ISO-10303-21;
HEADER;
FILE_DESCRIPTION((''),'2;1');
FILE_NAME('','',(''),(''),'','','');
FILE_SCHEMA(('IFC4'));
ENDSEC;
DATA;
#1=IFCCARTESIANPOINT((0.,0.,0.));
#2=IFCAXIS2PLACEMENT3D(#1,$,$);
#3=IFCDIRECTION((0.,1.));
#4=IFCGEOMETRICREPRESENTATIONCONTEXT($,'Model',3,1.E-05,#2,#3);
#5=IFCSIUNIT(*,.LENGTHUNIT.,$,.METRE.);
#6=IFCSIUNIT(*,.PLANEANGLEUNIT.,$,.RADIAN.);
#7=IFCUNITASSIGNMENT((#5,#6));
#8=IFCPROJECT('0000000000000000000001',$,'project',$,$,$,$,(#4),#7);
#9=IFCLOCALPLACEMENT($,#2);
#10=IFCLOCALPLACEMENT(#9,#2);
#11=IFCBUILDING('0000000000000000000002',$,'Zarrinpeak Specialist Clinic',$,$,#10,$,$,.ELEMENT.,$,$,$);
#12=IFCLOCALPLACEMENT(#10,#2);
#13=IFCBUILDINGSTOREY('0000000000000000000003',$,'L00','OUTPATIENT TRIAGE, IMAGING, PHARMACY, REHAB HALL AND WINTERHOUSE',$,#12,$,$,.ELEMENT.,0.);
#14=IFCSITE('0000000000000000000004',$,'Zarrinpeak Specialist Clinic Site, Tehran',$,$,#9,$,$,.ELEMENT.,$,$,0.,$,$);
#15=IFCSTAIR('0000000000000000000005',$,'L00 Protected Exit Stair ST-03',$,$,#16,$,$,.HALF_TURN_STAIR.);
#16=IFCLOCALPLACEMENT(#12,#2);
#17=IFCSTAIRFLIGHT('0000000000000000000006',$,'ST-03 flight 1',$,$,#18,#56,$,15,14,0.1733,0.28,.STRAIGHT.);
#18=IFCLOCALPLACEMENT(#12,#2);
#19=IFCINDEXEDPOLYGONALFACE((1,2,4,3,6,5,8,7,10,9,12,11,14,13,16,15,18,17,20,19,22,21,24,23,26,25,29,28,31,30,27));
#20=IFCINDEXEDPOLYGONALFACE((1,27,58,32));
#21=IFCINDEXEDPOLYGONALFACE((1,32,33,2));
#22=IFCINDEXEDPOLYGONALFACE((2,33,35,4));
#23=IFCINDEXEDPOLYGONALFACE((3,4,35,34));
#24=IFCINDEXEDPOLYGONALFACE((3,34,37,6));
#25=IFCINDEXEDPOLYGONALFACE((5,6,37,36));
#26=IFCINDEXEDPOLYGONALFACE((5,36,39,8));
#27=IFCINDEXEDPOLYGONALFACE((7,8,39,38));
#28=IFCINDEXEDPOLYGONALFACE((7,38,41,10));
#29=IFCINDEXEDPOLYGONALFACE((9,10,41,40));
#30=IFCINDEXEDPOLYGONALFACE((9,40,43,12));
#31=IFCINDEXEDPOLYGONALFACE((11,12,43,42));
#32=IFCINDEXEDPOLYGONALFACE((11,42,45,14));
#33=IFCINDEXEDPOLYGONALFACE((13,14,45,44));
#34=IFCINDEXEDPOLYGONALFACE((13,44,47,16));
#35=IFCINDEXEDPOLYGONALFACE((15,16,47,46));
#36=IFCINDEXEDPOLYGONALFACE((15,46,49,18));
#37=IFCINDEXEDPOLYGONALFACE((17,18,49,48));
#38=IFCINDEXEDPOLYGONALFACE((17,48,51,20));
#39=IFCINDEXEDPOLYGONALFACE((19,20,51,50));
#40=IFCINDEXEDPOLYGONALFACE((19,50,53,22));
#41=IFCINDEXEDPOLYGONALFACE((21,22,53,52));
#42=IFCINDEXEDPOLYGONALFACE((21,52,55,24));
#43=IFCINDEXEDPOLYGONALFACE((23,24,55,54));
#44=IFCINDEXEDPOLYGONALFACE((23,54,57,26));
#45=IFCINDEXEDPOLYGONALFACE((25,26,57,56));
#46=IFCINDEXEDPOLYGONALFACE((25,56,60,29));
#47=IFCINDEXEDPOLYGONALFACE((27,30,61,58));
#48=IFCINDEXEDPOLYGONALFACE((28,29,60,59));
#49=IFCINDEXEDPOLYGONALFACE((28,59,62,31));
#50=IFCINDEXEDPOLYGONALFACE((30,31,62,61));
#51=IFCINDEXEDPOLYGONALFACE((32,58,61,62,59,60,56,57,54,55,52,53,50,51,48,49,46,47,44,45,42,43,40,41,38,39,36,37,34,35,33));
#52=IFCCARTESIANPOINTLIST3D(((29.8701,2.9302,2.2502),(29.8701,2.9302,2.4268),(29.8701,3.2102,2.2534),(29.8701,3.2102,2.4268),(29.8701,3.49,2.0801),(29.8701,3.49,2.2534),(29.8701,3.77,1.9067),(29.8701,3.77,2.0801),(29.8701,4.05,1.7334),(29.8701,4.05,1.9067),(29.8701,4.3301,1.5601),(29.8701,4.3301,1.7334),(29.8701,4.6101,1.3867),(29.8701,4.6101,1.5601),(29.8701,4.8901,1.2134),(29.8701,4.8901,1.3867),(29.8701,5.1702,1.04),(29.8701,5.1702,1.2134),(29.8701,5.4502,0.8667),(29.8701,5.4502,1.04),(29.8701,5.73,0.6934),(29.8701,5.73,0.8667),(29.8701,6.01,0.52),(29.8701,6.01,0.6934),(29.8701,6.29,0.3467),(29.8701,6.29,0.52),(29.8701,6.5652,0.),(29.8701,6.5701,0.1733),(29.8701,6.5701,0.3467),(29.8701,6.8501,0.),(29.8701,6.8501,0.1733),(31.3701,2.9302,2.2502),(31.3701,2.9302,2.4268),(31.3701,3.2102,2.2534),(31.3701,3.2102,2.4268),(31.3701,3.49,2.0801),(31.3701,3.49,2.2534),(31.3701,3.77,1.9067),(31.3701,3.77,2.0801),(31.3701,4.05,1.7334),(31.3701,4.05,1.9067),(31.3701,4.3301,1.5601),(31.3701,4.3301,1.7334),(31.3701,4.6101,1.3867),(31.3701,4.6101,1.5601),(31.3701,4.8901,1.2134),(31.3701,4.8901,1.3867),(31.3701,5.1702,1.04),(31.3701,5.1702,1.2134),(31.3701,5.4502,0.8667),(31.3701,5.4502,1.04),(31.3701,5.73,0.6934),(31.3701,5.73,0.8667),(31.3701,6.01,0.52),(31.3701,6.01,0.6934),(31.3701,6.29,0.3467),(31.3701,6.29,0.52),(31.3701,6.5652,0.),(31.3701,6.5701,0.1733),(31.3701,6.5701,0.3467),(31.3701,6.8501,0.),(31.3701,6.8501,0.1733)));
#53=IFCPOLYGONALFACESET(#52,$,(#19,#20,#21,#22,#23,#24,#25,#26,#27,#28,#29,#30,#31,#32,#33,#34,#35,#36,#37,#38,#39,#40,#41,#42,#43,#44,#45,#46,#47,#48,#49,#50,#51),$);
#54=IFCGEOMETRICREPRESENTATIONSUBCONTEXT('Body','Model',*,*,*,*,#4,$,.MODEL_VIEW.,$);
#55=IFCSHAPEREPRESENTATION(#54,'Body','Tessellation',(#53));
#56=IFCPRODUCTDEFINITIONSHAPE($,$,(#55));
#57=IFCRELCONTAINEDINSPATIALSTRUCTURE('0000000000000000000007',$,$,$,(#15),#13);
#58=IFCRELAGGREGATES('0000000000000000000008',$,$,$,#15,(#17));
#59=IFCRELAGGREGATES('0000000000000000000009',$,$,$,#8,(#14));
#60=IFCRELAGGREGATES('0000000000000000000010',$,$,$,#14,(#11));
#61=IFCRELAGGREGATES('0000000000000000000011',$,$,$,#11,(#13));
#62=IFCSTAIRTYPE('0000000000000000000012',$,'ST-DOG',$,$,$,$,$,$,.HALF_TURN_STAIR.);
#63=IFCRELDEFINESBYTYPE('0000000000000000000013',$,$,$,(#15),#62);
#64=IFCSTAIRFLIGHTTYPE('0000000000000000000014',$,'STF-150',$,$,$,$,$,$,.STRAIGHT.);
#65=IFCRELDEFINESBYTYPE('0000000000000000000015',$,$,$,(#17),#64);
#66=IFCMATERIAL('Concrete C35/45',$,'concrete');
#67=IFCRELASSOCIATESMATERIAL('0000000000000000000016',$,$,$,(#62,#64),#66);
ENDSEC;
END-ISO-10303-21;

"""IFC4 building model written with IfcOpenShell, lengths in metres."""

from ifc_helpers import new_model, si_unit, direction, frame, origin, place, context, subcontext, project, spatial, polyline, outline, extrude, material, type_object, element, aggregate, save


model = new_model("IFC4")

# Units and contexts
model_context = context("Model", 3, precision=1e-05, world=origin(), true_north=direction((0.0, 1.0)))
body_context = subcontext(model_context, "Body", "Model", "MODEL_VIEW")
ifc_project = project(units=[si_unit("LENGTHUNIT", "METRE"), si_unit("PLANEANGLEUNIT", "RADIAN")], contexts=[model_context])

# Site, building, storey
site_placement = place(None, origin())
site = spatial("IfcSite", under=ifc_project, at=site_placement, Name="Zarrinpeak Specialist Clinic Site, Tehran", CompositionType="ELEMENT", RefElevation=0.0)
building_placement = place(site_placement, origin())
building = spatial("IfcBuilding", under=site, at=building_placement, Name="Zarrinpeak Specialist Clinic", CompositionType="ELEMENT")
storey_placement = place(building_placement, origin())
storey = spatial("IfcBuildingStorey", under=building, at=storey_placement, Name="L00", Description="OUTPATIENT TRIAGE, IMAGING, PHARMACY, REHAB HALL AND WINTERHOUSE", CompositionType="ELEMENT", Elevation=0.0)

# Stair, stair flight
ifc_material_1 = material(Name="Concrete C35/45", Category="concrete")
stair_type = type_object("IfcStairType", Name="ST-DOG", PredefinedType="HALF_TURN_STAIR", material=ifc_material_1)
stair_placement = place(storey_placement, origin())
stair = element("IfcStair", 1, at=stair_placement, inside=storey, type_object=stair_type, Name="L00 Protected Exit Stair ST-03", PredefinedType="HALF_TURN_STAIR")
stair_flight_type = type_object("IfcStairFlightType", Name="STF-150", PredefinedType="STRAIGHT", material=ifc_material_1)
stair_flight_placement = place(storey_placement, frame((30.6201, 6.8501, 0.0), z_axis=(0.0, 0.0, 1.0), x_axis=(0.0, -1.0, 0.0)))
stair_flight = element("IfcStairFlight", 2, at=stair_flight_placement, type_object=stair_flight_type, Name="ST-03 flight 1", NumberOfRisers=15, NumberOfTreads=14, PredefinedType="STRAIGHT", RiserHeight=0.1733, TreadLength=0.28, context=body_context, shape_type="SweptSolid", body=[
    extrude(outline(polyline([(0.0, 0.0), (0.0, 0.1733), (0.28, 0.1733), (0.28, 0.3467), (0.5601, 0.3467), (0.5601, 0.52), (0.8401, 0.52), (0.8401, 0.6934), (1.1201, 0.6934), (1.1201, 0.8667), (1.3999, 0.8667), (1.3999, 1.04), (1.6799, 1.04), (1.6799, 1.2134), (1.96, 1.2134), (1.96, 1.3867), (2.24, 1.3867), (2.24, 1.5601), (2.52, 1.5601), (2.52, 1.7334), (2.8, 1.7334), (2.8, 1.9067), (3.0801, 1.9067), (3.0801, 2.0801), (3.3601, 2.0801), (3.3601, 2.2534), (3.6399, 2.2534), (3.6399, 2.4268), (3.9199, 2.4268), (3.9199, 2.6001), (3.9199, 2.2502), (0.2849, 0.0), (0.0, 0.0)])), frame((0.0, 0.75, 0.0), z_axis=(0.0, -1.0, 0.0), x_axis=(1.0, 0.0, 0.0)), (0.0, 0.0, 1.0), 1.5),
])
aggregate(stair, [stair_flight])

save(model, "model.ifc")
